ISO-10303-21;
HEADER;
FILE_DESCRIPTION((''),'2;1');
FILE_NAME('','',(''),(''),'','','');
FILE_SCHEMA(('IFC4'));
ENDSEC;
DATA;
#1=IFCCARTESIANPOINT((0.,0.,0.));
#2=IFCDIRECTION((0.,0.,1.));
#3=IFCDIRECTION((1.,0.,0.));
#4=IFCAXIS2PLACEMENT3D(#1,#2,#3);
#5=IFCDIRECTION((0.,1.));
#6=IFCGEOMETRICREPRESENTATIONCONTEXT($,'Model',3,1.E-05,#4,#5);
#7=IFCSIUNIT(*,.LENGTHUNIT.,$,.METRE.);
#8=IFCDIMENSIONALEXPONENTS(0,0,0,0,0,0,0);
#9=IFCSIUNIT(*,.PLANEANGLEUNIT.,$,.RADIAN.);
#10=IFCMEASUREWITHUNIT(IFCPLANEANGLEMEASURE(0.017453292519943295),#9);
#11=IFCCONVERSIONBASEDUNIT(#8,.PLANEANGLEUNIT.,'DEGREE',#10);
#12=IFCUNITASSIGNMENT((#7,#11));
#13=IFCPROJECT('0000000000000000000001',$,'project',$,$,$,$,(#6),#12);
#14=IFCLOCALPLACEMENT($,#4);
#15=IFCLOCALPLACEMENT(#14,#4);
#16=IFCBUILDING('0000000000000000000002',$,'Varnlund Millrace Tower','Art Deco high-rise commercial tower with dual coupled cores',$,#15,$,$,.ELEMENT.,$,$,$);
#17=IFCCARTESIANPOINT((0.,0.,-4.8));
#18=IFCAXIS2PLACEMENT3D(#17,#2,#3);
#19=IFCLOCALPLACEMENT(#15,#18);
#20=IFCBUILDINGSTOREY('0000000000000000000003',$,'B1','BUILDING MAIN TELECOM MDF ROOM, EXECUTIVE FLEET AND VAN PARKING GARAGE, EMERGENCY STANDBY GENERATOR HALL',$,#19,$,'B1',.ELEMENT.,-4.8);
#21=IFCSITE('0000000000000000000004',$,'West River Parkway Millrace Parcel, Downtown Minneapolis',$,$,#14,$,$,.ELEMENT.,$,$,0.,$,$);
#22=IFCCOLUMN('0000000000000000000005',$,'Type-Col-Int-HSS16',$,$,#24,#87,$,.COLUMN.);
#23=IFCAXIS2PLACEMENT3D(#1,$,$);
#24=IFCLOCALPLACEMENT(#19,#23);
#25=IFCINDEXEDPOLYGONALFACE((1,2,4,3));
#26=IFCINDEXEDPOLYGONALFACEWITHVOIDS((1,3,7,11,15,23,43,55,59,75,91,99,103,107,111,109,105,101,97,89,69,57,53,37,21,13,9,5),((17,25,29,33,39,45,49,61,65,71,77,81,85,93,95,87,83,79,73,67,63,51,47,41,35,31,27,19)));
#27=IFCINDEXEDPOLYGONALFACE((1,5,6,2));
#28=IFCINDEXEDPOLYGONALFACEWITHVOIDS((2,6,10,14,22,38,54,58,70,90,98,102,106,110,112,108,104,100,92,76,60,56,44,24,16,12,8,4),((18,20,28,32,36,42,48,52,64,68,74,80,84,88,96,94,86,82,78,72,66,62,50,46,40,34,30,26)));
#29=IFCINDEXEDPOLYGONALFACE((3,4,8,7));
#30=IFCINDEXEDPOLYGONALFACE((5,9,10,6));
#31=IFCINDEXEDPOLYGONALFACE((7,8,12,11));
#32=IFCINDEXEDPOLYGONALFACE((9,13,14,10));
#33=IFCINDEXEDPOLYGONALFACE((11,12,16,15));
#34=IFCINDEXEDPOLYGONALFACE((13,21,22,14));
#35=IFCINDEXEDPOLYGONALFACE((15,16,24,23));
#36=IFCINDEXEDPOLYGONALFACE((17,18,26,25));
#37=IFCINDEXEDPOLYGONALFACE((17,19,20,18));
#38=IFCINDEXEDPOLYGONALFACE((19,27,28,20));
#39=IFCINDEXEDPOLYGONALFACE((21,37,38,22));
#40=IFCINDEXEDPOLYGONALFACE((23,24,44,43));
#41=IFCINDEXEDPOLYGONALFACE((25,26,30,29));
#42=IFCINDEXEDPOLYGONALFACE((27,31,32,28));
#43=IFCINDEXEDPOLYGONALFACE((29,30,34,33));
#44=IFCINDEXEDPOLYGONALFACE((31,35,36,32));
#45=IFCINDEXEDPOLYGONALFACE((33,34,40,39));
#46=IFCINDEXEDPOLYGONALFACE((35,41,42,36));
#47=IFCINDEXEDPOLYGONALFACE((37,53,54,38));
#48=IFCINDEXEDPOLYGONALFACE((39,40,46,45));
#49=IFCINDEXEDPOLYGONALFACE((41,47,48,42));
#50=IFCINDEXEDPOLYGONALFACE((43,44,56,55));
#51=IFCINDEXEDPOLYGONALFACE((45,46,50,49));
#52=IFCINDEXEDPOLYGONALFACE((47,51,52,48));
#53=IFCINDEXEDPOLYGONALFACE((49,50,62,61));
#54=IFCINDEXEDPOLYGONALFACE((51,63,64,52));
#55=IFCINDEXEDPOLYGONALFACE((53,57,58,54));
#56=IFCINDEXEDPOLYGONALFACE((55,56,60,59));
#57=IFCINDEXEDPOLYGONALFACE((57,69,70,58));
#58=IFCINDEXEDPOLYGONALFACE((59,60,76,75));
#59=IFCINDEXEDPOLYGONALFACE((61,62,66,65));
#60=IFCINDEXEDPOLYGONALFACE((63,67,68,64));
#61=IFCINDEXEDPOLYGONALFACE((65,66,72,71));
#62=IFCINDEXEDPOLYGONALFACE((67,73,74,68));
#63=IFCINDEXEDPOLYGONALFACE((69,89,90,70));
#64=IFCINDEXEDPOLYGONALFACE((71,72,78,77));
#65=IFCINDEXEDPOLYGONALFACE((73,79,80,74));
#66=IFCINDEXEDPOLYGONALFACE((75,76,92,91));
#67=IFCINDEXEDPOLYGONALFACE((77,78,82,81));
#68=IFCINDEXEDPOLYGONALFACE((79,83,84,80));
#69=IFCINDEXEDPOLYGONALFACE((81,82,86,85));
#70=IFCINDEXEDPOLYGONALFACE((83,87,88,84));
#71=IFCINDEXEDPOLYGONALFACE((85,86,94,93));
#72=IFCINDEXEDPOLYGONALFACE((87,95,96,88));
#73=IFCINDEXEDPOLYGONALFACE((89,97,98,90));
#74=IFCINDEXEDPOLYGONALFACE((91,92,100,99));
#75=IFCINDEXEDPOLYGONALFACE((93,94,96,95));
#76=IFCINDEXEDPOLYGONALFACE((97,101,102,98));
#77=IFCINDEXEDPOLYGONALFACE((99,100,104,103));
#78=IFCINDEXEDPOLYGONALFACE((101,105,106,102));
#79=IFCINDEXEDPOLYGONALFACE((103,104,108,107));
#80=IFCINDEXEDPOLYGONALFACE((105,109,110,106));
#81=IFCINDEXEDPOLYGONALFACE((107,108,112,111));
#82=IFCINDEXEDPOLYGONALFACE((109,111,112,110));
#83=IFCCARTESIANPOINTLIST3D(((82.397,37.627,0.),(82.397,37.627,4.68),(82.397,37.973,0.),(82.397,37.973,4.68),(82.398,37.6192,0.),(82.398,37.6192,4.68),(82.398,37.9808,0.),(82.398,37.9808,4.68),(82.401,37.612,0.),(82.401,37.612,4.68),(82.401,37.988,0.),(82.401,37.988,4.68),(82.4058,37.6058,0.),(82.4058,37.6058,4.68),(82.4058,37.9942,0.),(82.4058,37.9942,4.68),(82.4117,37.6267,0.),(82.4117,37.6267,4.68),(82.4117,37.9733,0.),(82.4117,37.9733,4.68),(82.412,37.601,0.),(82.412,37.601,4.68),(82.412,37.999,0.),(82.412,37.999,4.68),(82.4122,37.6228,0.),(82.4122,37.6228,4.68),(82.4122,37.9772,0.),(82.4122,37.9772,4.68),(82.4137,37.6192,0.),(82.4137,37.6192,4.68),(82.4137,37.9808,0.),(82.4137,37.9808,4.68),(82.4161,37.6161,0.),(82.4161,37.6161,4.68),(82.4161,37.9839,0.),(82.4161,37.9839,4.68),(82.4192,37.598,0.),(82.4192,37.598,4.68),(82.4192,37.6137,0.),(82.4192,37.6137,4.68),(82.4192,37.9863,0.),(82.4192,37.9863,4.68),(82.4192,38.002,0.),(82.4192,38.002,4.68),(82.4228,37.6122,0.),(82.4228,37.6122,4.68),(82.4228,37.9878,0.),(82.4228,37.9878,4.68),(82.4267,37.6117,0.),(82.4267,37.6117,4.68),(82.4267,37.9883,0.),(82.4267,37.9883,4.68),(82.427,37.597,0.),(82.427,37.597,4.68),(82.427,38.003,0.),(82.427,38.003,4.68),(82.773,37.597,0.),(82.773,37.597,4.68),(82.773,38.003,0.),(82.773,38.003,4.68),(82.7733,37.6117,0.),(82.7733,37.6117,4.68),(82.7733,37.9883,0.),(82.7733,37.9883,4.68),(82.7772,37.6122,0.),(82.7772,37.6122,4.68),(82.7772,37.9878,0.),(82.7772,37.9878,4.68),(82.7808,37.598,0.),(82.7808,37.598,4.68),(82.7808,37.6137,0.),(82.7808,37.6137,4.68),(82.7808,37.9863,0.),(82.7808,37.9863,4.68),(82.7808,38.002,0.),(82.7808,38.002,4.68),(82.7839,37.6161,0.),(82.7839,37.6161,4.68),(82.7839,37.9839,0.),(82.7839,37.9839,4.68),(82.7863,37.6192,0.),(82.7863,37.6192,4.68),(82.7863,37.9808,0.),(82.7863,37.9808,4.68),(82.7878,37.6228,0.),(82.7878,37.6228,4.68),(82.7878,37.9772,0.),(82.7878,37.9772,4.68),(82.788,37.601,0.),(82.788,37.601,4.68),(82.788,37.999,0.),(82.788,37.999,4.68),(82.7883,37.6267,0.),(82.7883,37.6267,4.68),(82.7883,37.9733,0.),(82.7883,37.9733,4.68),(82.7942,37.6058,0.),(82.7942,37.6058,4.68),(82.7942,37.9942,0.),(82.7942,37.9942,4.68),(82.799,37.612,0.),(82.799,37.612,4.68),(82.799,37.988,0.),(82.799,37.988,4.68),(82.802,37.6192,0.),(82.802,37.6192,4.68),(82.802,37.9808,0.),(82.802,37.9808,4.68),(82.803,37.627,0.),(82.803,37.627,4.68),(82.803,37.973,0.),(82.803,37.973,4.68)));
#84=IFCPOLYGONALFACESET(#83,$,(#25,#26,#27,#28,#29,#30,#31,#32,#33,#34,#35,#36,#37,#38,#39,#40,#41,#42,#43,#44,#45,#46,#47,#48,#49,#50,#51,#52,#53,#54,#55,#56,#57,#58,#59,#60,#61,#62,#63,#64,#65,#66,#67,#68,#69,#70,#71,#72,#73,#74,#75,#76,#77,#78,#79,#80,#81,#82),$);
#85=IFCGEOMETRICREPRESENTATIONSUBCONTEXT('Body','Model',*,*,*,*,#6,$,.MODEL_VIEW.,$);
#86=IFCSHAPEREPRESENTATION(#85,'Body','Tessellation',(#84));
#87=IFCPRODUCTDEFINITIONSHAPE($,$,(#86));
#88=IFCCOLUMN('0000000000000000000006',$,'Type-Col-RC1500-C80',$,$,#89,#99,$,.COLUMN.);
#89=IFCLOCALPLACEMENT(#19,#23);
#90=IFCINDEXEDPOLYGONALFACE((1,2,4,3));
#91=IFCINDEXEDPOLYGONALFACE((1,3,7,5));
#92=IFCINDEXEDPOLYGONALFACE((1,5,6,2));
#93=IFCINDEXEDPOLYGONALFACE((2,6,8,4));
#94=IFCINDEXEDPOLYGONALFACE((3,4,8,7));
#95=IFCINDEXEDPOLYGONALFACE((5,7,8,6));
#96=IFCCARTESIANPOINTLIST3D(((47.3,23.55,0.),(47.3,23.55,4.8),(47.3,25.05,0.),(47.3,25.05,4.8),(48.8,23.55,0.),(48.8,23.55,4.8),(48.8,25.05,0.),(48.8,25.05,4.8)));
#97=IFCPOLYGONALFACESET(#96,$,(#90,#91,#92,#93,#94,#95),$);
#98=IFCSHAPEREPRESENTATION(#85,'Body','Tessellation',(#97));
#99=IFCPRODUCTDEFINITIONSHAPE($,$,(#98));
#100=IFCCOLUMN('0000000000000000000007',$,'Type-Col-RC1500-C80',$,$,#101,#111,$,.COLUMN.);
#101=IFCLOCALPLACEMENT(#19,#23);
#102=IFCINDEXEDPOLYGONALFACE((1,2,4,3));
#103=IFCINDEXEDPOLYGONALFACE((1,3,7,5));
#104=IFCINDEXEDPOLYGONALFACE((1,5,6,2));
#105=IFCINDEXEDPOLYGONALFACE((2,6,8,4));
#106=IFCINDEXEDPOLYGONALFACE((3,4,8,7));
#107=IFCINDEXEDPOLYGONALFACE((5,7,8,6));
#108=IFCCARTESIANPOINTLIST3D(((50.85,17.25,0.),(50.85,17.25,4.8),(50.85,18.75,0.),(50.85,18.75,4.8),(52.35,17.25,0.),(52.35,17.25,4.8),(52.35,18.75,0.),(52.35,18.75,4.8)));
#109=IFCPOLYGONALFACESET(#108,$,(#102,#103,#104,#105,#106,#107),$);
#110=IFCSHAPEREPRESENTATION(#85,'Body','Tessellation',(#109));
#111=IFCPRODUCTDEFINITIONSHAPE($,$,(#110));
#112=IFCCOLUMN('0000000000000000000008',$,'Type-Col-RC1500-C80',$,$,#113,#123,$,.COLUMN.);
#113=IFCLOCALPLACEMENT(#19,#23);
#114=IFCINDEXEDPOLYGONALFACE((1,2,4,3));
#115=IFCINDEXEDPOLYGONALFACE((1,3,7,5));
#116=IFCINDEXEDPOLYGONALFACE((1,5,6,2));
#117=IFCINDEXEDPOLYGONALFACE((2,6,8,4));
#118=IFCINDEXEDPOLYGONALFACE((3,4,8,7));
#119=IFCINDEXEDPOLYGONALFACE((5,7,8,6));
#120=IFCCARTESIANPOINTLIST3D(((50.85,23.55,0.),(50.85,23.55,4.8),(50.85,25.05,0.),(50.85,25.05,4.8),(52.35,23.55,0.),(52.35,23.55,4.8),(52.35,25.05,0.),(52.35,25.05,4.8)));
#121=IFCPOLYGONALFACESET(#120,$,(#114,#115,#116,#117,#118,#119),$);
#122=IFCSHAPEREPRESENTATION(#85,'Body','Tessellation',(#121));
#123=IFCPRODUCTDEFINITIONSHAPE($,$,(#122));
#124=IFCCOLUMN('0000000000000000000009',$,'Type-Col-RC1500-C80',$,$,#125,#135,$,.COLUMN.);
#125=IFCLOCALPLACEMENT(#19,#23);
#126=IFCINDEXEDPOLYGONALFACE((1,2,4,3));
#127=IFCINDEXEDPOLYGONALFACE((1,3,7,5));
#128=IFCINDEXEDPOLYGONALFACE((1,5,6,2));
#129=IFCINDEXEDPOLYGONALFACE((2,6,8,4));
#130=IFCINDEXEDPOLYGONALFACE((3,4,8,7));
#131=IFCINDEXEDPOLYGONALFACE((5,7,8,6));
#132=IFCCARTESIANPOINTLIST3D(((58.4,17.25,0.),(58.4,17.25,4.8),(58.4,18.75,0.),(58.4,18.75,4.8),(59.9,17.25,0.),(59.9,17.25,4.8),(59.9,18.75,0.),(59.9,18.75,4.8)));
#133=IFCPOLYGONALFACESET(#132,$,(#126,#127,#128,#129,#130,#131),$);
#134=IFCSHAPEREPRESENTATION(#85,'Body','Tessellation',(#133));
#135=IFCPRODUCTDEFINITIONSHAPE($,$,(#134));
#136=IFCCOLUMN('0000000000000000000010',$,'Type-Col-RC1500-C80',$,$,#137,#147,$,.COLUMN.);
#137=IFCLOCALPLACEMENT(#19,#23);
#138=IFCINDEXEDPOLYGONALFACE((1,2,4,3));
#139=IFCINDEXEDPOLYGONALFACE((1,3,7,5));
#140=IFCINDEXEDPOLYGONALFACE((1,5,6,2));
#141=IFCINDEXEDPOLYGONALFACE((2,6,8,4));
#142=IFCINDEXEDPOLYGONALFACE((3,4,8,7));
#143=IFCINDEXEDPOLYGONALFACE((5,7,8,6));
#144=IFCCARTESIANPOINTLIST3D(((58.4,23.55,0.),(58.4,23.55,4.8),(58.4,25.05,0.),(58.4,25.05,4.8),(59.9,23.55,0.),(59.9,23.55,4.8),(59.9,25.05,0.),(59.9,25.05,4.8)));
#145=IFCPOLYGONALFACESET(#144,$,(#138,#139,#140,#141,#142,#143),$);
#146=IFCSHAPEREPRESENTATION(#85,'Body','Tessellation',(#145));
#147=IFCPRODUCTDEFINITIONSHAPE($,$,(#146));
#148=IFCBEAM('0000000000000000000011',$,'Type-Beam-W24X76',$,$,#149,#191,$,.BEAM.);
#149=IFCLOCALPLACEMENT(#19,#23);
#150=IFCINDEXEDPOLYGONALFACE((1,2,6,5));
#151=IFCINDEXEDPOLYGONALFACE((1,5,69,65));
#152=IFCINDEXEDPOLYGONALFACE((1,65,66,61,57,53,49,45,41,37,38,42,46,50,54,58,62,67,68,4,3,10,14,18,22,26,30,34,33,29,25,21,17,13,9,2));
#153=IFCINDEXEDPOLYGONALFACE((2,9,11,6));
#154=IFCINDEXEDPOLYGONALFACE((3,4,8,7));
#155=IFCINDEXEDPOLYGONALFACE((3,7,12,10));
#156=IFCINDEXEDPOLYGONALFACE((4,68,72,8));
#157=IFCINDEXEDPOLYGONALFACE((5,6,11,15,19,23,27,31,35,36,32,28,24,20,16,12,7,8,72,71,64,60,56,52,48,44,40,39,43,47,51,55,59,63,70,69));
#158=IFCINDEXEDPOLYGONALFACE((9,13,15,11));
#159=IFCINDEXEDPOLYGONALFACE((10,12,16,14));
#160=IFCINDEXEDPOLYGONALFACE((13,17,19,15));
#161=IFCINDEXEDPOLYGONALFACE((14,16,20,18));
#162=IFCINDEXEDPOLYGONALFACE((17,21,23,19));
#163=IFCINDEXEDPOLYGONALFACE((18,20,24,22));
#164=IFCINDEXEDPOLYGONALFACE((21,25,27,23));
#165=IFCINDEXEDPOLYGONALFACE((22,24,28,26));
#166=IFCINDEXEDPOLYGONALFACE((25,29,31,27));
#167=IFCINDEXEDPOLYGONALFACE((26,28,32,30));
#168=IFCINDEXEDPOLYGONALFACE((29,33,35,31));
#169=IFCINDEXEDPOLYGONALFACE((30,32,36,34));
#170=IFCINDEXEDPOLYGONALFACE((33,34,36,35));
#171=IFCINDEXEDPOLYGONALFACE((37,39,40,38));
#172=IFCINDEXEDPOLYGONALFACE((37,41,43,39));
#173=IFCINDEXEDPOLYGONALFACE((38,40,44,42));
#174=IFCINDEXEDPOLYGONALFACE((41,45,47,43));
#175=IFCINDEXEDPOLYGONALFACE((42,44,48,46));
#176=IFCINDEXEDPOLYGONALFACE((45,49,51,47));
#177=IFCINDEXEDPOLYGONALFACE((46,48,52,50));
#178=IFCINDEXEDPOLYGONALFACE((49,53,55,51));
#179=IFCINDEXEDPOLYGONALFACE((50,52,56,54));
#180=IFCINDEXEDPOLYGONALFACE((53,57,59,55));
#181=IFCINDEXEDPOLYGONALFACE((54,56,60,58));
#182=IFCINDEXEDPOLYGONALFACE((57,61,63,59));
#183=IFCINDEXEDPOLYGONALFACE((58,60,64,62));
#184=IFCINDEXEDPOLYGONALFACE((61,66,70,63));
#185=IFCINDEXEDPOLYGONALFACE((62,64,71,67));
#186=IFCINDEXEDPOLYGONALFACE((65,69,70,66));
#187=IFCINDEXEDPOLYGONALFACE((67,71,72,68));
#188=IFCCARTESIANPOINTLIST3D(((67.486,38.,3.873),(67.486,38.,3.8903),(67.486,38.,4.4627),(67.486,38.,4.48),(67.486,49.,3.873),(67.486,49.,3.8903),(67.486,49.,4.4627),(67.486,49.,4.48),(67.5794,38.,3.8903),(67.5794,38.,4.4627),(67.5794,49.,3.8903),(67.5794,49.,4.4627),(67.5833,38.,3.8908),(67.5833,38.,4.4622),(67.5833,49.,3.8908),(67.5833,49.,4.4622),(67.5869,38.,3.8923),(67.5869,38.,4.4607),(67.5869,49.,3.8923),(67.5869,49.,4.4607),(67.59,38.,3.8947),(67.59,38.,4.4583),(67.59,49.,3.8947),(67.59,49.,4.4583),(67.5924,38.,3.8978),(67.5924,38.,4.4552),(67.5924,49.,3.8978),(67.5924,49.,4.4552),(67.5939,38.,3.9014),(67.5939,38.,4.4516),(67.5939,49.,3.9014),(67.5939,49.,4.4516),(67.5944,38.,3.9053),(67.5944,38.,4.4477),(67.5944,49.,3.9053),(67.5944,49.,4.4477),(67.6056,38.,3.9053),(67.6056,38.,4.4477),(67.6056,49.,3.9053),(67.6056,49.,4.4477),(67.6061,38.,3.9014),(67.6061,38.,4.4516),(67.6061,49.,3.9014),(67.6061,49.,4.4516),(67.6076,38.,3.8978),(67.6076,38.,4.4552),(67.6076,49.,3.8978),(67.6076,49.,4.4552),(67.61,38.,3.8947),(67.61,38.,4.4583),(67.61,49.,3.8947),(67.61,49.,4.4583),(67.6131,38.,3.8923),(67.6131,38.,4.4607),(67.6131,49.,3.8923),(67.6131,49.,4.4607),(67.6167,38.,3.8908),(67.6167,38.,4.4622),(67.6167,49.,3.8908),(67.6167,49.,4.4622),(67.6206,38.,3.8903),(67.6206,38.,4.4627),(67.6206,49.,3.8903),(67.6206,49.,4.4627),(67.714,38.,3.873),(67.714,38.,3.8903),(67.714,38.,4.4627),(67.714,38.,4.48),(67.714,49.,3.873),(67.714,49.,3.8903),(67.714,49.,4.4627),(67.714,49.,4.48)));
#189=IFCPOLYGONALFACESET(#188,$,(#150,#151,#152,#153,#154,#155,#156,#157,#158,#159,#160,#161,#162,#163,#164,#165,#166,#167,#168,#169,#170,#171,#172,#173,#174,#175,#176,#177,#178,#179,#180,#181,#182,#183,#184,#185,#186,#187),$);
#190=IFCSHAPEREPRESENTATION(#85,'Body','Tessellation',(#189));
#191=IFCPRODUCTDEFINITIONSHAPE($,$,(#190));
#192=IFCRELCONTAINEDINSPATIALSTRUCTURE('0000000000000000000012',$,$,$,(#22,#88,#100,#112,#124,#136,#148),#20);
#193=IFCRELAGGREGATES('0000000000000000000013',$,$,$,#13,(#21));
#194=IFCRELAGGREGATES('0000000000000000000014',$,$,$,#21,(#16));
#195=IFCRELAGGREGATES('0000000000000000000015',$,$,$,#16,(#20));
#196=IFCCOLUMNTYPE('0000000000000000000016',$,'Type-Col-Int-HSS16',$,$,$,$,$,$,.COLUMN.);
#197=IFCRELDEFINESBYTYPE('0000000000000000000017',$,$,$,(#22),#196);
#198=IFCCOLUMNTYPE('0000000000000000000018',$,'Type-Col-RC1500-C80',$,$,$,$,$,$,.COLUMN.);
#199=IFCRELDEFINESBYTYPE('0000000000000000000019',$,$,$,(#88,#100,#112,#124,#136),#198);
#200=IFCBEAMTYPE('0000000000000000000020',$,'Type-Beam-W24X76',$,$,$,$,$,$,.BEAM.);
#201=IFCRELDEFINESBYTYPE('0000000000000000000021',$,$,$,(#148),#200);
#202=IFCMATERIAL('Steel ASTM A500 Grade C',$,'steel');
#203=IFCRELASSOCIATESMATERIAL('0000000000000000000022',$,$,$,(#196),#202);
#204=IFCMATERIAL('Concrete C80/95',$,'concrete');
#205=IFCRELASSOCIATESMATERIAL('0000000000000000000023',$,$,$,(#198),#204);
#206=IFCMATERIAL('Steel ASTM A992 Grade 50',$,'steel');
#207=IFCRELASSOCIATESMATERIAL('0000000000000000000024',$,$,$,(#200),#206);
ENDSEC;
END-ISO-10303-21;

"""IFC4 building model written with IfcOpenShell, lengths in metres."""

from ifc_helpers import new_model, entity, si_unit, converted_unit, direction, frame, origin_with_axes, origin_2d_with_axis, place, context, subcontext, project, spatial, rectangle, hollow_rectangle, i_section, extrude, material, material_profile, profile_set, type_object, element, save


model = new_model("IFC4")

# Units and contexts
model_context = context("Model", 3, precision=1e-05, world=origin_with_axes(), true_north=direction((0.0, 1.0)))
body_context = subcontext(model_context, "Body", "Model", "MODEL_VIEW")
ifc_project = project(units=[si_unit("LENGTHUNIT", "METRE"), converted_unit("PLANEANGLEUNIT", "DEGREE", entity("IfcPlaneAngleMeasure", 0.017453292519943295), si_unit("PLANEANGLEUNIT", "RADIAN"), dimensions=[0, 0, 0, 0, 0, 0, 0])], contexts=[model_context])

# Site, building, storey
site_placement = place(None, origin_with_axes())
site = spatial("IfcSite", under=ifc_project, at=site_placement, Name="West River Parkway Millrace Parcel, Downtown Minneapolis", CompositionType="ELEMENT", RefElevation=0.0)
building_placement = place(site_placement, origin_with_axes())
building = spatial("IfcBuilding", under=site, at=building_placement, Name="Varnlund Millrace Tower", Description="Art Deco high-rise commercial tower with dual coupled cores", CompositionType="ELEMENT")
storey_placement = place(building_placement, frame((0.0, 0.0, -4.8), z_axis=(0.0, 0.0, 1.0), x_axis=(1.0, 0.0, 0.0)))
storey = spatial("IfcBuildingStorey", under=building, at=storey_placement, Name="B1", Description="BUILDING MAIN TELECOM MDF ROOM, EXECUTIVE FLEET AND VAN PARKING GARAGE, EMERGENCY STANDBY GENERATOR HALL", LongName="B1", CompositionType="ELEMENT", Elevation=-4.8)

# Columns
ifc_material_1 = material(Name="Steel ASTM A500 Grade C", Category="steel")
ifc_material_profile_1 = material_profile(ifc_material_1, hollow_rectangle(XDim=0.406, YDim=0.406, WallThickness=0.0147, InnerFilletRadius=0.015, OuterFilletRadius=0.03, at=origin_2d_with_axis()), Name="Steel ASTM A500 Grade C")
ifc_profile_set_1 = profile_set([ifc_material_profile_1], Name="Steel ASTM A500 Grade C")
column_type_1 = type_object("IfcColumnType", Name="Type-Col-Int-HSS16", PredefinedType="COLUMN", material=ifc_profile_set_1)
for number, where, z_axis, x_axis, name in (
    (1, (82.6, 37.8, 0.0), (0.0, 0.0, 1.0), (1.0, 0.0, 0.0), "Type-Col-Int-HSS16"),
):
    element("IfcColumn", number, at=place(storey_placement, frame(where, z_axis=z_axis, x_axis=x_axis)), inside=storey, type_object=column_type_1, Name=name, PredefinedType="COLUMN", context=body_context, shape_type="SweptSolid", body=[
        extrude(hollow_rectangle(XDim=0.406, YDim=0.406, WallThickness=0.0147, InnerFilletRadius=0.015, OuterFilletRadius=0.03, at=origin_2d_with_axis()), origin_with_axes(), (0.0, 0.0, 1.0), 4.68),
    ])
ifc_material_2 = material(Name="Concrete C80/95", Category="concrete")
ifc_material_profile_2 = material_profile(ifc_material_2, rectangle(XDim=1.5, YDim=1.5, at=origin_2d_with_axis()), Name="Concrete C80/95")
ifc_profile_set_2 = profile_set([ifc_material_profile_2], Name="Concrete C80/95")
column_type_2 = type_object("IfcColumnType", Name="Type-Col-RC1500-C80", PredefinedType="COLUMN", material=ifc_profile_set_2)
for number, where, z_axis, x_axis, name in (
    (2, (48.05, 24.3, 0.0), (0.0, 0.0, 1.0), (1.0, 0.0, 0.0), "Type-Col-RC1500-C80"),
    (3, (51.6, 18.0, 0.0), (0.0, 0.0, 1.0), (1.0, 0.0, 0.0), "Type-Col-RC1500-C80"),
    (4, (51.6, 24.3, 0.0), (0.0, 0.0, 1.0), (1.0, 0.0, 0.0), "Type-Col-RC1500-C80"),
    (5, (59.15, 18.0, 0.0), (0.0, 0.0, 1.0), (1.0, 0.0, 0.0), "Type-Col-RC1500-C80"),
    (6, (59.15, 24.3, 0.0), (0.0, 0.0, 1.0), (1.0, 0.0, 0.0), "Type-Col-RC1500-C80"),
):
    element("IfcColumn", number, at=place(storey_placement, frame(where, z_axis=z_axis, x_axis=x_axis)), inside=storey, type_object=column_type_2, Name=name, PredefinedType="COLUMN", context=body_context, shape_type="SweptSolid", body=[
        extrude(rectangle(XDim=1.5, YDim=1.5, at=origin_2d_with_axis()), origin_with_axes(), (0.0, 0.0, 1.0), 4.8),
    ])

# Beam
ifc_material_3 = material(Name="Steel ASTM A992 Grade 50", Category="steel")
ifc_material_profile_3 = material_profile(ifc_material_3, i_section(OverallWidth=0.228, OverallDepth=0.607, WebThickness=0.0112, FlangeThickness=0.0173, FilletRadius=0.015, at=origin_2d_with_axis()), Name="Steel ASTM A992 Grade 50")
ifc_profile_set_3 = profile_set([ifc_material_profile_3], Name="Steel ASTM A992 Grade 50")
beam_type_1 = type_object("IfcBeamType", Name="Type-Beam-W24X76", PredefinedType="BEAM", material=ifc_profile_set_3)
beam_1_placement = place(storey_placement, frame((67.6, 38.0, 4.1765), z_axis=(0.0, 1.0, 0.0), x_axis=(-1.0, 0.0, 0.0)))
element("IfcBeam", 7, at=beam_1_placement, inside=storey, type_object=beam_type_1, Name="Type-Beam-W24X76", PredefinedType="BEAM", context=body_context, shape_type="SweptSolid", body=[
    extrude(i_section(OverallWidth=0.228, OverallDepth=0.607, WebThickness=0.0112, FlangeThickness=0.0173, FilletRadius=0.015, at=origin_2d_with_axis()), origin_with_axes(), (0.0, 0.0, 1.0), 11.0),
])

save(model, "model.ifc")
